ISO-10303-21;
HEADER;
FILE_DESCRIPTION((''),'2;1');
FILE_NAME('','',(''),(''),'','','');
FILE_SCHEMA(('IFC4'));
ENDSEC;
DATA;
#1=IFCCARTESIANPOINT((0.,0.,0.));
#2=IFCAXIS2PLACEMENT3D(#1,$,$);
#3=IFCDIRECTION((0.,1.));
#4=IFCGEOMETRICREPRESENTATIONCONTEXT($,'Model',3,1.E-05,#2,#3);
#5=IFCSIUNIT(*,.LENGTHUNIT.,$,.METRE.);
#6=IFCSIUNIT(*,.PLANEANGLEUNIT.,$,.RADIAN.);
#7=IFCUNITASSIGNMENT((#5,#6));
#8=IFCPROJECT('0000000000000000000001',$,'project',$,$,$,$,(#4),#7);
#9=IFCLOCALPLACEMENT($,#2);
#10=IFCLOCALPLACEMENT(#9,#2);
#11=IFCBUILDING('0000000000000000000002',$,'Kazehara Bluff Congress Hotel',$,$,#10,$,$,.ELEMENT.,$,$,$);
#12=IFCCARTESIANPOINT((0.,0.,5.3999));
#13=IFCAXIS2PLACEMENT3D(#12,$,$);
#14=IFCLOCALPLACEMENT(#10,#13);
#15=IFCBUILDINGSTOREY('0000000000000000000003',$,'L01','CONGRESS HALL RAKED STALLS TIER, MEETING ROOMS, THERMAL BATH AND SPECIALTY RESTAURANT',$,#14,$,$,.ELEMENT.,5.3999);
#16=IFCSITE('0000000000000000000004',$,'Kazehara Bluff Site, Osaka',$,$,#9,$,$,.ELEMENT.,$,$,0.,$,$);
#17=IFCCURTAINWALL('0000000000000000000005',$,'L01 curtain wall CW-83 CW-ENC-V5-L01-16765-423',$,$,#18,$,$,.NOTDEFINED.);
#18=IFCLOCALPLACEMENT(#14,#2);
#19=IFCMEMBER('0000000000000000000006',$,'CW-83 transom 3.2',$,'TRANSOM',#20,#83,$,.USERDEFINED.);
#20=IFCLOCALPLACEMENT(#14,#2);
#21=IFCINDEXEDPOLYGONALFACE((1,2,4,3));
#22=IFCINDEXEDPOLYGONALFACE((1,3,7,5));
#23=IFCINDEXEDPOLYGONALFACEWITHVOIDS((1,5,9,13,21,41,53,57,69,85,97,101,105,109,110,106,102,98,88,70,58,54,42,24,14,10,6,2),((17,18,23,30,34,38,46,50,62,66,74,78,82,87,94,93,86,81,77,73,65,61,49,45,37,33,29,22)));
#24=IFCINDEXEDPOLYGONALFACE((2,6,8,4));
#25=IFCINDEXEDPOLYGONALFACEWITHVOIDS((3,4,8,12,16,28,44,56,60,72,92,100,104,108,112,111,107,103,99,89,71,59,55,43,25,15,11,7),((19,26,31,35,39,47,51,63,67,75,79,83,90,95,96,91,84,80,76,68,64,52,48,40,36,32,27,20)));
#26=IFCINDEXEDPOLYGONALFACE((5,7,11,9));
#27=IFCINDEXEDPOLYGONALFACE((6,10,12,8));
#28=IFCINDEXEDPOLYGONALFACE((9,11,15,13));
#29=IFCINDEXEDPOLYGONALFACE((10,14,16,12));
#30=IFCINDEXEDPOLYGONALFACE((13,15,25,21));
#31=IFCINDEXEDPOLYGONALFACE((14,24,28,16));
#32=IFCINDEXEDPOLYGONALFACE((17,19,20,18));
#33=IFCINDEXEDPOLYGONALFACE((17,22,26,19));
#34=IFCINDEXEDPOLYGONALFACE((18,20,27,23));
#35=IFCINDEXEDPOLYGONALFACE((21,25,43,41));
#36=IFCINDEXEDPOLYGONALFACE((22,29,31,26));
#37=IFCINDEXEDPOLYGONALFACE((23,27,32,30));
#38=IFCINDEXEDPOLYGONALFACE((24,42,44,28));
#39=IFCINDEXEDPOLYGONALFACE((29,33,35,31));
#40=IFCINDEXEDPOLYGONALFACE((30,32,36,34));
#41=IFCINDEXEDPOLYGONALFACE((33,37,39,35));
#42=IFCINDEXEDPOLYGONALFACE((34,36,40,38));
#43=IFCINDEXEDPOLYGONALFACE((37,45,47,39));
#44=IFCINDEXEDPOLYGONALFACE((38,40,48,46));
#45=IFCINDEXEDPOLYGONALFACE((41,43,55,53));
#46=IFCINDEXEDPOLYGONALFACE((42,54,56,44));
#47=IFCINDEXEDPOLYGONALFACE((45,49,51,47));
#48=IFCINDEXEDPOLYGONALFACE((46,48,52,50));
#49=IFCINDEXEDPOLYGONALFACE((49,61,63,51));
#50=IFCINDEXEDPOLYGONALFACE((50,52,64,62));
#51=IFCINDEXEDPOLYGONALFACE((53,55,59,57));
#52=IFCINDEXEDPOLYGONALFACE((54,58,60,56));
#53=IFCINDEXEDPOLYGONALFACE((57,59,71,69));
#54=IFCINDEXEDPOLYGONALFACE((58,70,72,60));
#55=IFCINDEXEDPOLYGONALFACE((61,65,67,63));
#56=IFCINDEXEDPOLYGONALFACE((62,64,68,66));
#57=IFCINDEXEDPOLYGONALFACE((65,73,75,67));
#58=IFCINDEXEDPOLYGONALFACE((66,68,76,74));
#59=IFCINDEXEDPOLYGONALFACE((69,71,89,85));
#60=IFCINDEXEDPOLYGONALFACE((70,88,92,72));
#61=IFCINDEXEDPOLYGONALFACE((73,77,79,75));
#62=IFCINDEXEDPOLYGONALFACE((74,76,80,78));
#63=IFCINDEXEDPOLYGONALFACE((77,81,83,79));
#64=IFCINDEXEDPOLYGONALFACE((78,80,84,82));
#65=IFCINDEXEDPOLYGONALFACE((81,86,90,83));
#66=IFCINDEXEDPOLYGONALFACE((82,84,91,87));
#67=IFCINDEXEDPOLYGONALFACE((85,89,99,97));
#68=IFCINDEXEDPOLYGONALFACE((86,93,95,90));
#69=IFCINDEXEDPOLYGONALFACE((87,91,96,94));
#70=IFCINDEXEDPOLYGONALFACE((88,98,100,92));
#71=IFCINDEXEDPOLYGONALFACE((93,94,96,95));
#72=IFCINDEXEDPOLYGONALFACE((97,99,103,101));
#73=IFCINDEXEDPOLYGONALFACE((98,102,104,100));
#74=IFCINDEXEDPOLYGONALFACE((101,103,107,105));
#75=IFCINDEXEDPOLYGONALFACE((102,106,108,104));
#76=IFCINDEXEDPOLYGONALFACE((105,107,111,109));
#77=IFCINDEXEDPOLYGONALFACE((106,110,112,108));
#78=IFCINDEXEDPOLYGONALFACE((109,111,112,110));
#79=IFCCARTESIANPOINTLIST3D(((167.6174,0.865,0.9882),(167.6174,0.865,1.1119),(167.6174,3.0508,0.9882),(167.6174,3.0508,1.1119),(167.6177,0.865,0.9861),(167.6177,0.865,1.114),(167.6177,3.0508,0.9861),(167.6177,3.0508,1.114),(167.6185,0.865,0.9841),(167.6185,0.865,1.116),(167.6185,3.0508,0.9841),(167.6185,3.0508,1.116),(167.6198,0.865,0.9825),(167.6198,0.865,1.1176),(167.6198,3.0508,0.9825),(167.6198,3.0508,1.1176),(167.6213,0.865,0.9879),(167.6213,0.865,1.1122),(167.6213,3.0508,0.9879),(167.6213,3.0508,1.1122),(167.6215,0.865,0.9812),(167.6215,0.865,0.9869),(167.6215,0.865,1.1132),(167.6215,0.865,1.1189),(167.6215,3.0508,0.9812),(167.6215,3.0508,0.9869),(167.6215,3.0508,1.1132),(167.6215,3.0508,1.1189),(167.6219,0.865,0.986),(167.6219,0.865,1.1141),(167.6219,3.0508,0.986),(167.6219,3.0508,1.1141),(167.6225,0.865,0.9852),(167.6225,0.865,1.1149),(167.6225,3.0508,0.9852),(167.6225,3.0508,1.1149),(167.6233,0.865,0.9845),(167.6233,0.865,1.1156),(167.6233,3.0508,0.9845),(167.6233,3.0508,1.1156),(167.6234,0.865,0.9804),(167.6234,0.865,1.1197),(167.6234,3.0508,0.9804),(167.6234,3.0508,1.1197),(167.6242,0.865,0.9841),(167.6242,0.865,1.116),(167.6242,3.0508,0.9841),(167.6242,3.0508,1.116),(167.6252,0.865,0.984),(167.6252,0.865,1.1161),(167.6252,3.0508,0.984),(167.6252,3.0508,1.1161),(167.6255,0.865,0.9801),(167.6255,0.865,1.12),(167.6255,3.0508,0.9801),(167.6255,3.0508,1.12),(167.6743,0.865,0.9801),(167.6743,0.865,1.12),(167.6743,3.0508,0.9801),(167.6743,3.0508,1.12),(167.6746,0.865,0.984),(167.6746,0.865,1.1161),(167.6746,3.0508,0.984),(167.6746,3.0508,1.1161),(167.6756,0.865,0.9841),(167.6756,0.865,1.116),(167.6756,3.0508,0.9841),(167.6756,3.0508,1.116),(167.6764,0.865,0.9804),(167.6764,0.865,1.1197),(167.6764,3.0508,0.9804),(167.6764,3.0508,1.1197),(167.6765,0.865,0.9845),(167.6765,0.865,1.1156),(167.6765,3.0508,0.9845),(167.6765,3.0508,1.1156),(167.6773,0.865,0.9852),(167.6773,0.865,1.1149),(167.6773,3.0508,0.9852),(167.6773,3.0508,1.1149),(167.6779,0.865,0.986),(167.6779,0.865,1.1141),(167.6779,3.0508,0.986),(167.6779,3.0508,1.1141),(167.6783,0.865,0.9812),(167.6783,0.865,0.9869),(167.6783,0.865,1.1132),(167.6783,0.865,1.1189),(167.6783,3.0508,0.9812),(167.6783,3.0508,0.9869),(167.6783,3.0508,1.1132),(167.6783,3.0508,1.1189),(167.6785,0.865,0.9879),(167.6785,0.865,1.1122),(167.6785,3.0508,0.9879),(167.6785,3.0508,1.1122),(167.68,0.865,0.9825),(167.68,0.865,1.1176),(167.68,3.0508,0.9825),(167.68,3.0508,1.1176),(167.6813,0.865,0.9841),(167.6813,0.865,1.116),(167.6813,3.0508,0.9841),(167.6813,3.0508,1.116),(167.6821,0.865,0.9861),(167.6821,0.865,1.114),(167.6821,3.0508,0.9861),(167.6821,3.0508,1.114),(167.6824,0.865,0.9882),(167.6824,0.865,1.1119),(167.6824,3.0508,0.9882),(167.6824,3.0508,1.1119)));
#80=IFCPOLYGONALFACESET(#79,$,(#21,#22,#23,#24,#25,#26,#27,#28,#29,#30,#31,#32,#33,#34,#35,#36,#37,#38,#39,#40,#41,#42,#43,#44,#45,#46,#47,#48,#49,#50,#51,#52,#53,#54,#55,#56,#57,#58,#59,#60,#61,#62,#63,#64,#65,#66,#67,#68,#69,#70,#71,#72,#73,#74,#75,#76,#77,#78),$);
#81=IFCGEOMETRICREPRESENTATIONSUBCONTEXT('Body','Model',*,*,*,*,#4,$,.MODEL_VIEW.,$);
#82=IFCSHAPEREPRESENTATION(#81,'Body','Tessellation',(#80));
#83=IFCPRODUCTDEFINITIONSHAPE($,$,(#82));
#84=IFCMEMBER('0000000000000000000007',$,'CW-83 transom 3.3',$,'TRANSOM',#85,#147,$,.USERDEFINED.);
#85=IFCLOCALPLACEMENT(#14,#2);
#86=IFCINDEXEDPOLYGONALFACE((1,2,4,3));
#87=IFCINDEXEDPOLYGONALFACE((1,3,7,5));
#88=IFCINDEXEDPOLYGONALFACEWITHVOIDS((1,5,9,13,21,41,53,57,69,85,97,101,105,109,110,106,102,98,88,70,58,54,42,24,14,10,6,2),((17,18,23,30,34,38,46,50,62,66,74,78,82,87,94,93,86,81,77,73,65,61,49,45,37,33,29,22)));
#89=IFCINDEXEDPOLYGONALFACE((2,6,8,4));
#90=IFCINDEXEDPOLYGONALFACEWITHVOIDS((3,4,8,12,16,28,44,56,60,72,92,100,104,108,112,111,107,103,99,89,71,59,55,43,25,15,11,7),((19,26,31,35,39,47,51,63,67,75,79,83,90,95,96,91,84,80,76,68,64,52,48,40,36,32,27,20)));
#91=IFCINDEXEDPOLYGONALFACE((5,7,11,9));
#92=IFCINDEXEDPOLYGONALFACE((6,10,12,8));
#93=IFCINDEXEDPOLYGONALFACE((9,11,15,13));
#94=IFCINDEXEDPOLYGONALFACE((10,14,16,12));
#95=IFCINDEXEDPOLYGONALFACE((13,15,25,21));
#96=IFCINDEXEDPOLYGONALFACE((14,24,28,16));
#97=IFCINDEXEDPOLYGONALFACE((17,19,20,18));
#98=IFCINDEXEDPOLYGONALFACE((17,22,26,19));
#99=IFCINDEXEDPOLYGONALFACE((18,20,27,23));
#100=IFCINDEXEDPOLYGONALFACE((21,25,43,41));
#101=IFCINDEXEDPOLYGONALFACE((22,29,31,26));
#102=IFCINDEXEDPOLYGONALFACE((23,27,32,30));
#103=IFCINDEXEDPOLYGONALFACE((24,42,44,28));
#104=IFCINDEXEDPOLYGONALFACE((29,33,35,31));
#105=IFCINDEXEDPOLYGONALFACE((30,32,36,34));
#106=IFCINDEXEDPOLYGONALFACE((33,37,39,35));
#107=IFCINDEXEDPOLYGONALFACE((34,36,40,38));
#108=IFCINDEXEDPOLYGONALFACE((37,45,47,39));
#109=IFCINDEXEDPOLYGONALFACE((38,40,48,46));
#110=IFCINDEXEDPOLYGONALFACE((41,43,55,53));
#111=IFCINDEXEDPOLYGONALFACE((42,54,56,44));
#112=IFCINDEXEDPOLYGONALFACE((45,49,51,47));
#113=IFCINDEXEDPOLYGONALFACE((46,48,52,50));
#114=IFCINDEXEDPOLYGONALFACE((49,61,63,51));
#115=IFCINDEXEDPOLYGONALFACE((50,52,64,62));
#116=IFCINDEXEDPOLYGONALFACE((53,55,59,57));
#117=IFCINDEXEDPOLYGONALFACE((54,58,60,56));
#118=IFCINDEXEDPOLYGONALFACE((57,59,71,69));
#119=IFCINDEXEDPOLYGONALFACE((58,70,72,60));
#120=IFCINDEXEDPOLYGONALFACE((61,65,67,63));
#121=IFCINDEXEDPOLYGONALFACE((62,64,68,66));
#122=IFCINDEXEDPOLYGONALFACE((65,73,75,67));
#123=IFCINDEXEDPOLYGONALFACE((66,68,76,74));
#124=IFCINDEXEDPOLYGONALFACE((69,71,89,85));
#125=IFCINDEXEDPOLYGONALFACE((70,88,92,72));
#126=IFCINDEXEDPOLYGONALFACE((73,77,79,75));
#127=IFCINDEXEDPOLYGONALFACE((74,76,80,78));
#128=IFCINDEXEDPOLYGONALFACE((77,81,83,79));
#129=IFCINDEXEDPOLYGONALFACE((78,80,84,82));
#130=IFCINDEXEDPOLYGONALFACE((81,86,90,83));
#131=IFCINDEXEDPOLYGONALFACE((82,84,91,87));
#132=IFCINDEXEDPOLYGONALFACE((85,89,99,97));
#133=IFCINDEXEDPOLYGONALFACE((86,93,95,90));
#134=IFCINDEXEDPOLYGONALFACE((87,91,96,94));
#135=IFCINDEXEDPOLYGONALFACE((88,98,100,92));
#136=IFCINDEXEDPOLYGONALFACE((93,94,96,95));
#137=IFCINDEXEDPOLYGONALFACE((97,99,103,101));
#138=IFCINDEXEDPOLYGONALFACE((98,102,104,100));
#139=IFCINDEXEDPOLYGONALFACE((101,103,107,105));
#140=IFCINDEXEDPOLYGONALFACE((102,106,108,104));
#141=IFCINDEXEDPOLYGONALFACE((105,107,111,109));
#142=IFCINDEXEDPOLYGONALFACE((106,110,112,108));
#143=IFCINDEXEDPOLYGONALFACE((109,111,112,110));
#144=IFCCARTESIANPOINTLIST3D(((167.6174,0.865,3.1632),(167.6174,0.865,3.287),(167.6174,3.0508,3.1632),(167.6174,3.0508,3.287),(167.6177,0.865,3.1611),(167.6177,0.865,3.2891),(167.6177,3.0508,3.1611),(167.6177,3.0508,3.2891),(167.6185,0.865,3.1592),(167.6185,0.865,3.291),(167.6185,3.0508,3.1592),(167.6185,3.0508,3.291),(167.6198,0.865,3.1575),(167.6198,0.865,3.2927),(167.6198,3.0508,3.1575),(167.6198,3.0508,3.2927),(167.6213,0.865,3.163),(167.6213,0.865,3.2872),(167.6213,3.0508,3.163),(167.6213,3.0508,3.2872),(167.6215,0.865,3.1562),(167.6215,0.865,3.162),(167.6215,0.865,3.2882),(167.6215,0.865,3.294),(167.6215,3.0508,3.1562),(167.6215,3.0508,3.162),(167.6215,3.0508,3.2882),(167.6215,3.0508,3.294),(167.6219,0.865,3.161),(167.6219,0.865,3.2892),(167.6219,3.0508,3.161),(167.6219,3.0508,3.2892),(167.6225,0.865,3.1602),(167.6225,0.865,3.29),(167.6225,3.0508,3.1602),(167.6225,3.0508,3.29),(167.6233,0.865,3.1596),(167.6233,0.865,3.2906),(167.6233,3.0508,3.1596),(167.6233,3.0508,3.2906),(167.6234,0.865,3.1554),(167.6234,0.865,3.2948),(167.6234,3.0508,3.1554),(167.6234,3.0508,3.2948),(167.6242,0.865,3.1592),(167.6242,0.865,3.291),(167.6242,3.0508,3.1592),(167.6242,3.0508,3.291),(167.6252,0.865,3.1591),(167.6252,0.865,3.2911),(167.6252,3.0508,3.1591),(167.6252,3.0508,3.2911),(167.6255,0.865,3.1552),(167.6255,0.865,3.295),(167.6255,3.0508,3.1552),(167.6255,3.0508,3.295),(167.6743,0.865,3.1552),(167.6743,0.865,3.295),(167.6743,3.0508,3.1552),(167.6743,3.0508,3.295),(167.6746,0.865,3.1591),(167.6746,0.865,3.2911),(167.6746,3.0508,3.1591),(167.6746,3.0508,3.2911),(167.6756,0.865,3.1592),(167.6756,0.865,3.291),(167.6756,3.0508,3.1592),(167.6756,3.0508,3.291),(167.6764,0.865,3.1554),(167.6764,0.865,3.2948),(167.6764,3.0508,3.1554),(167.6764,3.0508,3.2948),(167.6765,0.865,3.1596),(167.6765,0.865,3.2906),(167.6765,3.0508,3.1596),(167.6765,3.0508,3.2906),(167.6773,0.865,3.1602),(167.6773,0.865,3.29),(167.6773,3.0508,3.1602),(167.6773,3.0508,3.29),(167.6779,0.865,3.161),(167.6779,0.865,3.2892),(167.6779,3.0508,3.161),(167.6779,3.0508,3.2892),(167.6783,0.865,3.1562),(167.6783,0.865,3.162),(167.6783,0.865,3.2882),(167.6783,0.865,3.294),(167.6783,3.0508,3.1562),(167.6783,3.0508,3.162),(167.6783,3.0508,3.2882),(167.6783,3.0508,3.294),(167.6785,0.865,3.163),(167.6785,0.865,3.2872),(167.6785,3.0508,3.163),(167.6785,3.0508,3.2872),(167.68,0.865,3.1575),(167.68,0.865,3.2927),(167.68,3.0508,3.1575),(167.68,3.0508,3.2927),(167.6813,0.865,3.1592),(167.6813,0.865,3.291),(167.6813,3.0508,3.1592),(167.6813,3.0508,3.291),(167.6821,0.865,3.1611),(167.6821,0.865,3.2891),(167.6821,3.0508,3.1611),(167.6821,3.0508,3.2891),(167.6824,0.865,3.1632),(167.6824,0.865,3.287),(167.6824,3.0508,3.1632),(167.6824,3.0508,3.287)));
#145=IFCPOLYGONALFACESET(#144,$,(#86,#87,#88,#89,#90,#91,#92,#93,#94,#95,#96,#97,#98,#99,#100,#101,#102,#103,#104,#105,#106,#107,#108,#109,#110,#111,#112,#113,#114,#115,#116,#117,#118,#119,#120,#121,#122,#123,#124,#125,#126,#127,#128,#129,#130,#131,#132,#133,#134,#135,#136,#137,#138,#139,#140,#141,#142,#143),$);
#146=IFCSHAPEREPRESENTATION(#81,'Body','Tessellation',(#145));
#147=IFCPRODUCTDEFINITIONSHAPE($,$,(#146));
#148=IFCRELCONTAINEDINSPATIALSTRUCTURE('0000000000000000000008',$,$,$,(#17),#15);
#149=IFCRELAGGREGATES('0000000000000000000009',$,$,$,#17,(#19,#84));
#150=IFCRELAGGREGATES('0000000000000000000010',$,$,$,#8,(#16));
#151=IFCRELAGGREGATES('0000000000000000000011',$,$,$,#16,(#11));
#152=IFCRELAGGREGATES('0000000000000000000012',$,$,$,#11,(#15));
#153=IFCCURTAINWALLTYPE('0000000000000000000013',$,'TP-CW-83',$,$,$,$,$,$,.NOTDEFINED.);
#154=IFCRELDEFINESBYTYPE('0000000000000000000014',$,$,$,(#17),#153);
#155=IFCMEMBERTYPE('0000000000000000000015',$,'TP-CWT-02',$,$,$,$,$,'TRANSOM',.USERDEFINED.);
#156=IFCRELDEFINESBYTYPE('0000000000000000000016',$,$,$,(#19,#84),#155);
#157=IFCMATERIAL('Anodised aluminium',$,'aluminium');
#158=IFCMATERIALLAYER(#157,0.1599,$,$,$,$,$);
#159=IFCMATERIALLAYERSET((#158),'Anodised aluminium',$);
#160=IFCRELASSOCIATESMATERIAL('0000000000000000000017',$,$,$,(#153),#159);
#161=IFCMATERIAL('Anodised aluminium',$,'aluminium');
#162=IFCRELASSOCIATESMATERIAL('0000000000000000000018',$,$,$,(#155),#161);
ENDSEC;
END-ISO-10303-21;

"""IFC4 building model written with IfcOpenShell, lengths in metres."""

from ifc_helpers import new_model, si_unit, direction, frame, origin, origin_2d, place, context, subcontext, project, spatial, hollow_rectangle, extrude, material, layer, layer_set, material_profile, profile_set, type_object, element, aggregate, save


model = new_model("IFC4")

# Units and contexts
model_context = context("Model", 3, precision=1e-05, world=origin(), true_north=direction((0.0, 1.0)))
body_context = subcontext(model_context, "Body", "Model", "MODEL_VIEW")
ifc_project = project(units=[si_unit("LENGTHUNIT", "METRE"), si_unit("PLANEANGLEUNIT", "RADIAN")], contexts=[model_context])

# Site, building, storey
site_placement = place(None, origin())
site = spatial("IfcSite", under=ifc_project, at=site_placement, Name="Kazehara Bluff Site, Osaka", CompositionType="ELEMENT", RefElevation=0.0)
building_placement = place(site_placement, origin())
building = spatial("IfcBuilding", under=site, at=building_placement, Name="Kazehara Bluff Congress Hotel", CompositionType="ELEMENT")
storey_placement = place(building_placement, frame((0.0, 0.0, 5.3999)))
storey = spatial("IfcBuildingStorey", under=building, at=storey_placement, Name="L01", Description="CONGRESS HALL RAKED STALLS TIER, MEETING ROOMS, THERMAL BATH AND SPECIALTY RESTAURANT", CompositionType="ELEMENT", Elevation=5.3999)

# Curtain wall
ifc_material_1 = material(Name="Anodised aluminium", Category="aluminium")
ifc_layer_1 = layer(ifc_material_1, 0.1599)
ifc_layer_set_1 = layer_set([ifc_layer_1], Name="Anodised aluminium")
curtain_wall_type_1 = type_object("IfcCurtainWallType", Name="TP-CW-83", PredefinedType="NOTDEFINED", material=ifc_layer_set_1)
curtain_wall_1_placement = place(storey_placement, origin())
curtain_wall_1 = element("IfcCurtainWall", 1, at=curtain_wall_1_placement, inside=storey, type_object=curtain_wall_type_1, Name="L01 curtain wall CW-83 CW-ENC-V5-L01-16765-423", PredefinedType="NOTDEFINED")

# Members
ifc_material_2 = material(Name="Anodised aluminium", Category="aluminium")
ifc_material_profile_1 = material_profile(ifc_material_2, hollow_rectangle(XDim=0.0649, YDim=0.1399, WallThickness=0.0039, InnerFilletRadius=0.0039, OuterFilletRadius=0.0081, at=origin_2d()))
ifc_profile_set_1 = profile_set([ifc_material_profile_1], Name="Anodised aluminium")
member_type_1 = type_object("IfcMemberType", Name="TP-CWT-02", ElementType="TRANSOM", PredefinedType="USERDEFINED", material=ifc_profile_set_1)
member_1_placement = place(storey_placement, frame((167.6499, 3.0508, 1.05), z_axis=(0.0, -1.0, 0.0), x_axis=(1.0, 0.0, 0.0)))
member_1 = element("IfcMember", 2, at=member_1_placement, type_object=member_type_1, Name="CW-83 transom 3.2", ObjectType="TRANSOM", PredefinedType="USERDEFINED", context=body_context, shape_type="SweptSolid", body=[
    extrude(hollow_rectangle(XDim=0.0649, YDim=0.1399, WallThickness=0.0039, InnerFilletRadius=0.0039, OuterFilletRadius=0.0081, at=origin_2d()), origin(), (0.0, 0.0, 1.0), 2.1858),
])
member_2_placement = place(storey_placement, frame((167.6499, 3.0508, 3.2251), z_axis=(0.0, -1.0, 0.0), x_axis=(1.0, 0.0, 0.0)))
member_2 = element("IfcMember", 3, at=member_2_placement, type_object=member_type_1, Name="CW-83 transom 3.3", ObjectType="TRANSOM", PredefinedType="USERDEFINED", context=body_context, shape_type="SweptSolid", body=[
    extrude(hollow_rectangle(XDim=0.0649, YDim=0.1399, WallThickness=0.0039, InnerFilletRadius=0.0039, OuterFilletRadius=0.0081, at=origin_2d()), origin(), (0.0, 0.0, 1.0), 2.1858),
])

aggregate(curtain_wall_1, [member_1, member_2])

save(model, "model.ifc")
